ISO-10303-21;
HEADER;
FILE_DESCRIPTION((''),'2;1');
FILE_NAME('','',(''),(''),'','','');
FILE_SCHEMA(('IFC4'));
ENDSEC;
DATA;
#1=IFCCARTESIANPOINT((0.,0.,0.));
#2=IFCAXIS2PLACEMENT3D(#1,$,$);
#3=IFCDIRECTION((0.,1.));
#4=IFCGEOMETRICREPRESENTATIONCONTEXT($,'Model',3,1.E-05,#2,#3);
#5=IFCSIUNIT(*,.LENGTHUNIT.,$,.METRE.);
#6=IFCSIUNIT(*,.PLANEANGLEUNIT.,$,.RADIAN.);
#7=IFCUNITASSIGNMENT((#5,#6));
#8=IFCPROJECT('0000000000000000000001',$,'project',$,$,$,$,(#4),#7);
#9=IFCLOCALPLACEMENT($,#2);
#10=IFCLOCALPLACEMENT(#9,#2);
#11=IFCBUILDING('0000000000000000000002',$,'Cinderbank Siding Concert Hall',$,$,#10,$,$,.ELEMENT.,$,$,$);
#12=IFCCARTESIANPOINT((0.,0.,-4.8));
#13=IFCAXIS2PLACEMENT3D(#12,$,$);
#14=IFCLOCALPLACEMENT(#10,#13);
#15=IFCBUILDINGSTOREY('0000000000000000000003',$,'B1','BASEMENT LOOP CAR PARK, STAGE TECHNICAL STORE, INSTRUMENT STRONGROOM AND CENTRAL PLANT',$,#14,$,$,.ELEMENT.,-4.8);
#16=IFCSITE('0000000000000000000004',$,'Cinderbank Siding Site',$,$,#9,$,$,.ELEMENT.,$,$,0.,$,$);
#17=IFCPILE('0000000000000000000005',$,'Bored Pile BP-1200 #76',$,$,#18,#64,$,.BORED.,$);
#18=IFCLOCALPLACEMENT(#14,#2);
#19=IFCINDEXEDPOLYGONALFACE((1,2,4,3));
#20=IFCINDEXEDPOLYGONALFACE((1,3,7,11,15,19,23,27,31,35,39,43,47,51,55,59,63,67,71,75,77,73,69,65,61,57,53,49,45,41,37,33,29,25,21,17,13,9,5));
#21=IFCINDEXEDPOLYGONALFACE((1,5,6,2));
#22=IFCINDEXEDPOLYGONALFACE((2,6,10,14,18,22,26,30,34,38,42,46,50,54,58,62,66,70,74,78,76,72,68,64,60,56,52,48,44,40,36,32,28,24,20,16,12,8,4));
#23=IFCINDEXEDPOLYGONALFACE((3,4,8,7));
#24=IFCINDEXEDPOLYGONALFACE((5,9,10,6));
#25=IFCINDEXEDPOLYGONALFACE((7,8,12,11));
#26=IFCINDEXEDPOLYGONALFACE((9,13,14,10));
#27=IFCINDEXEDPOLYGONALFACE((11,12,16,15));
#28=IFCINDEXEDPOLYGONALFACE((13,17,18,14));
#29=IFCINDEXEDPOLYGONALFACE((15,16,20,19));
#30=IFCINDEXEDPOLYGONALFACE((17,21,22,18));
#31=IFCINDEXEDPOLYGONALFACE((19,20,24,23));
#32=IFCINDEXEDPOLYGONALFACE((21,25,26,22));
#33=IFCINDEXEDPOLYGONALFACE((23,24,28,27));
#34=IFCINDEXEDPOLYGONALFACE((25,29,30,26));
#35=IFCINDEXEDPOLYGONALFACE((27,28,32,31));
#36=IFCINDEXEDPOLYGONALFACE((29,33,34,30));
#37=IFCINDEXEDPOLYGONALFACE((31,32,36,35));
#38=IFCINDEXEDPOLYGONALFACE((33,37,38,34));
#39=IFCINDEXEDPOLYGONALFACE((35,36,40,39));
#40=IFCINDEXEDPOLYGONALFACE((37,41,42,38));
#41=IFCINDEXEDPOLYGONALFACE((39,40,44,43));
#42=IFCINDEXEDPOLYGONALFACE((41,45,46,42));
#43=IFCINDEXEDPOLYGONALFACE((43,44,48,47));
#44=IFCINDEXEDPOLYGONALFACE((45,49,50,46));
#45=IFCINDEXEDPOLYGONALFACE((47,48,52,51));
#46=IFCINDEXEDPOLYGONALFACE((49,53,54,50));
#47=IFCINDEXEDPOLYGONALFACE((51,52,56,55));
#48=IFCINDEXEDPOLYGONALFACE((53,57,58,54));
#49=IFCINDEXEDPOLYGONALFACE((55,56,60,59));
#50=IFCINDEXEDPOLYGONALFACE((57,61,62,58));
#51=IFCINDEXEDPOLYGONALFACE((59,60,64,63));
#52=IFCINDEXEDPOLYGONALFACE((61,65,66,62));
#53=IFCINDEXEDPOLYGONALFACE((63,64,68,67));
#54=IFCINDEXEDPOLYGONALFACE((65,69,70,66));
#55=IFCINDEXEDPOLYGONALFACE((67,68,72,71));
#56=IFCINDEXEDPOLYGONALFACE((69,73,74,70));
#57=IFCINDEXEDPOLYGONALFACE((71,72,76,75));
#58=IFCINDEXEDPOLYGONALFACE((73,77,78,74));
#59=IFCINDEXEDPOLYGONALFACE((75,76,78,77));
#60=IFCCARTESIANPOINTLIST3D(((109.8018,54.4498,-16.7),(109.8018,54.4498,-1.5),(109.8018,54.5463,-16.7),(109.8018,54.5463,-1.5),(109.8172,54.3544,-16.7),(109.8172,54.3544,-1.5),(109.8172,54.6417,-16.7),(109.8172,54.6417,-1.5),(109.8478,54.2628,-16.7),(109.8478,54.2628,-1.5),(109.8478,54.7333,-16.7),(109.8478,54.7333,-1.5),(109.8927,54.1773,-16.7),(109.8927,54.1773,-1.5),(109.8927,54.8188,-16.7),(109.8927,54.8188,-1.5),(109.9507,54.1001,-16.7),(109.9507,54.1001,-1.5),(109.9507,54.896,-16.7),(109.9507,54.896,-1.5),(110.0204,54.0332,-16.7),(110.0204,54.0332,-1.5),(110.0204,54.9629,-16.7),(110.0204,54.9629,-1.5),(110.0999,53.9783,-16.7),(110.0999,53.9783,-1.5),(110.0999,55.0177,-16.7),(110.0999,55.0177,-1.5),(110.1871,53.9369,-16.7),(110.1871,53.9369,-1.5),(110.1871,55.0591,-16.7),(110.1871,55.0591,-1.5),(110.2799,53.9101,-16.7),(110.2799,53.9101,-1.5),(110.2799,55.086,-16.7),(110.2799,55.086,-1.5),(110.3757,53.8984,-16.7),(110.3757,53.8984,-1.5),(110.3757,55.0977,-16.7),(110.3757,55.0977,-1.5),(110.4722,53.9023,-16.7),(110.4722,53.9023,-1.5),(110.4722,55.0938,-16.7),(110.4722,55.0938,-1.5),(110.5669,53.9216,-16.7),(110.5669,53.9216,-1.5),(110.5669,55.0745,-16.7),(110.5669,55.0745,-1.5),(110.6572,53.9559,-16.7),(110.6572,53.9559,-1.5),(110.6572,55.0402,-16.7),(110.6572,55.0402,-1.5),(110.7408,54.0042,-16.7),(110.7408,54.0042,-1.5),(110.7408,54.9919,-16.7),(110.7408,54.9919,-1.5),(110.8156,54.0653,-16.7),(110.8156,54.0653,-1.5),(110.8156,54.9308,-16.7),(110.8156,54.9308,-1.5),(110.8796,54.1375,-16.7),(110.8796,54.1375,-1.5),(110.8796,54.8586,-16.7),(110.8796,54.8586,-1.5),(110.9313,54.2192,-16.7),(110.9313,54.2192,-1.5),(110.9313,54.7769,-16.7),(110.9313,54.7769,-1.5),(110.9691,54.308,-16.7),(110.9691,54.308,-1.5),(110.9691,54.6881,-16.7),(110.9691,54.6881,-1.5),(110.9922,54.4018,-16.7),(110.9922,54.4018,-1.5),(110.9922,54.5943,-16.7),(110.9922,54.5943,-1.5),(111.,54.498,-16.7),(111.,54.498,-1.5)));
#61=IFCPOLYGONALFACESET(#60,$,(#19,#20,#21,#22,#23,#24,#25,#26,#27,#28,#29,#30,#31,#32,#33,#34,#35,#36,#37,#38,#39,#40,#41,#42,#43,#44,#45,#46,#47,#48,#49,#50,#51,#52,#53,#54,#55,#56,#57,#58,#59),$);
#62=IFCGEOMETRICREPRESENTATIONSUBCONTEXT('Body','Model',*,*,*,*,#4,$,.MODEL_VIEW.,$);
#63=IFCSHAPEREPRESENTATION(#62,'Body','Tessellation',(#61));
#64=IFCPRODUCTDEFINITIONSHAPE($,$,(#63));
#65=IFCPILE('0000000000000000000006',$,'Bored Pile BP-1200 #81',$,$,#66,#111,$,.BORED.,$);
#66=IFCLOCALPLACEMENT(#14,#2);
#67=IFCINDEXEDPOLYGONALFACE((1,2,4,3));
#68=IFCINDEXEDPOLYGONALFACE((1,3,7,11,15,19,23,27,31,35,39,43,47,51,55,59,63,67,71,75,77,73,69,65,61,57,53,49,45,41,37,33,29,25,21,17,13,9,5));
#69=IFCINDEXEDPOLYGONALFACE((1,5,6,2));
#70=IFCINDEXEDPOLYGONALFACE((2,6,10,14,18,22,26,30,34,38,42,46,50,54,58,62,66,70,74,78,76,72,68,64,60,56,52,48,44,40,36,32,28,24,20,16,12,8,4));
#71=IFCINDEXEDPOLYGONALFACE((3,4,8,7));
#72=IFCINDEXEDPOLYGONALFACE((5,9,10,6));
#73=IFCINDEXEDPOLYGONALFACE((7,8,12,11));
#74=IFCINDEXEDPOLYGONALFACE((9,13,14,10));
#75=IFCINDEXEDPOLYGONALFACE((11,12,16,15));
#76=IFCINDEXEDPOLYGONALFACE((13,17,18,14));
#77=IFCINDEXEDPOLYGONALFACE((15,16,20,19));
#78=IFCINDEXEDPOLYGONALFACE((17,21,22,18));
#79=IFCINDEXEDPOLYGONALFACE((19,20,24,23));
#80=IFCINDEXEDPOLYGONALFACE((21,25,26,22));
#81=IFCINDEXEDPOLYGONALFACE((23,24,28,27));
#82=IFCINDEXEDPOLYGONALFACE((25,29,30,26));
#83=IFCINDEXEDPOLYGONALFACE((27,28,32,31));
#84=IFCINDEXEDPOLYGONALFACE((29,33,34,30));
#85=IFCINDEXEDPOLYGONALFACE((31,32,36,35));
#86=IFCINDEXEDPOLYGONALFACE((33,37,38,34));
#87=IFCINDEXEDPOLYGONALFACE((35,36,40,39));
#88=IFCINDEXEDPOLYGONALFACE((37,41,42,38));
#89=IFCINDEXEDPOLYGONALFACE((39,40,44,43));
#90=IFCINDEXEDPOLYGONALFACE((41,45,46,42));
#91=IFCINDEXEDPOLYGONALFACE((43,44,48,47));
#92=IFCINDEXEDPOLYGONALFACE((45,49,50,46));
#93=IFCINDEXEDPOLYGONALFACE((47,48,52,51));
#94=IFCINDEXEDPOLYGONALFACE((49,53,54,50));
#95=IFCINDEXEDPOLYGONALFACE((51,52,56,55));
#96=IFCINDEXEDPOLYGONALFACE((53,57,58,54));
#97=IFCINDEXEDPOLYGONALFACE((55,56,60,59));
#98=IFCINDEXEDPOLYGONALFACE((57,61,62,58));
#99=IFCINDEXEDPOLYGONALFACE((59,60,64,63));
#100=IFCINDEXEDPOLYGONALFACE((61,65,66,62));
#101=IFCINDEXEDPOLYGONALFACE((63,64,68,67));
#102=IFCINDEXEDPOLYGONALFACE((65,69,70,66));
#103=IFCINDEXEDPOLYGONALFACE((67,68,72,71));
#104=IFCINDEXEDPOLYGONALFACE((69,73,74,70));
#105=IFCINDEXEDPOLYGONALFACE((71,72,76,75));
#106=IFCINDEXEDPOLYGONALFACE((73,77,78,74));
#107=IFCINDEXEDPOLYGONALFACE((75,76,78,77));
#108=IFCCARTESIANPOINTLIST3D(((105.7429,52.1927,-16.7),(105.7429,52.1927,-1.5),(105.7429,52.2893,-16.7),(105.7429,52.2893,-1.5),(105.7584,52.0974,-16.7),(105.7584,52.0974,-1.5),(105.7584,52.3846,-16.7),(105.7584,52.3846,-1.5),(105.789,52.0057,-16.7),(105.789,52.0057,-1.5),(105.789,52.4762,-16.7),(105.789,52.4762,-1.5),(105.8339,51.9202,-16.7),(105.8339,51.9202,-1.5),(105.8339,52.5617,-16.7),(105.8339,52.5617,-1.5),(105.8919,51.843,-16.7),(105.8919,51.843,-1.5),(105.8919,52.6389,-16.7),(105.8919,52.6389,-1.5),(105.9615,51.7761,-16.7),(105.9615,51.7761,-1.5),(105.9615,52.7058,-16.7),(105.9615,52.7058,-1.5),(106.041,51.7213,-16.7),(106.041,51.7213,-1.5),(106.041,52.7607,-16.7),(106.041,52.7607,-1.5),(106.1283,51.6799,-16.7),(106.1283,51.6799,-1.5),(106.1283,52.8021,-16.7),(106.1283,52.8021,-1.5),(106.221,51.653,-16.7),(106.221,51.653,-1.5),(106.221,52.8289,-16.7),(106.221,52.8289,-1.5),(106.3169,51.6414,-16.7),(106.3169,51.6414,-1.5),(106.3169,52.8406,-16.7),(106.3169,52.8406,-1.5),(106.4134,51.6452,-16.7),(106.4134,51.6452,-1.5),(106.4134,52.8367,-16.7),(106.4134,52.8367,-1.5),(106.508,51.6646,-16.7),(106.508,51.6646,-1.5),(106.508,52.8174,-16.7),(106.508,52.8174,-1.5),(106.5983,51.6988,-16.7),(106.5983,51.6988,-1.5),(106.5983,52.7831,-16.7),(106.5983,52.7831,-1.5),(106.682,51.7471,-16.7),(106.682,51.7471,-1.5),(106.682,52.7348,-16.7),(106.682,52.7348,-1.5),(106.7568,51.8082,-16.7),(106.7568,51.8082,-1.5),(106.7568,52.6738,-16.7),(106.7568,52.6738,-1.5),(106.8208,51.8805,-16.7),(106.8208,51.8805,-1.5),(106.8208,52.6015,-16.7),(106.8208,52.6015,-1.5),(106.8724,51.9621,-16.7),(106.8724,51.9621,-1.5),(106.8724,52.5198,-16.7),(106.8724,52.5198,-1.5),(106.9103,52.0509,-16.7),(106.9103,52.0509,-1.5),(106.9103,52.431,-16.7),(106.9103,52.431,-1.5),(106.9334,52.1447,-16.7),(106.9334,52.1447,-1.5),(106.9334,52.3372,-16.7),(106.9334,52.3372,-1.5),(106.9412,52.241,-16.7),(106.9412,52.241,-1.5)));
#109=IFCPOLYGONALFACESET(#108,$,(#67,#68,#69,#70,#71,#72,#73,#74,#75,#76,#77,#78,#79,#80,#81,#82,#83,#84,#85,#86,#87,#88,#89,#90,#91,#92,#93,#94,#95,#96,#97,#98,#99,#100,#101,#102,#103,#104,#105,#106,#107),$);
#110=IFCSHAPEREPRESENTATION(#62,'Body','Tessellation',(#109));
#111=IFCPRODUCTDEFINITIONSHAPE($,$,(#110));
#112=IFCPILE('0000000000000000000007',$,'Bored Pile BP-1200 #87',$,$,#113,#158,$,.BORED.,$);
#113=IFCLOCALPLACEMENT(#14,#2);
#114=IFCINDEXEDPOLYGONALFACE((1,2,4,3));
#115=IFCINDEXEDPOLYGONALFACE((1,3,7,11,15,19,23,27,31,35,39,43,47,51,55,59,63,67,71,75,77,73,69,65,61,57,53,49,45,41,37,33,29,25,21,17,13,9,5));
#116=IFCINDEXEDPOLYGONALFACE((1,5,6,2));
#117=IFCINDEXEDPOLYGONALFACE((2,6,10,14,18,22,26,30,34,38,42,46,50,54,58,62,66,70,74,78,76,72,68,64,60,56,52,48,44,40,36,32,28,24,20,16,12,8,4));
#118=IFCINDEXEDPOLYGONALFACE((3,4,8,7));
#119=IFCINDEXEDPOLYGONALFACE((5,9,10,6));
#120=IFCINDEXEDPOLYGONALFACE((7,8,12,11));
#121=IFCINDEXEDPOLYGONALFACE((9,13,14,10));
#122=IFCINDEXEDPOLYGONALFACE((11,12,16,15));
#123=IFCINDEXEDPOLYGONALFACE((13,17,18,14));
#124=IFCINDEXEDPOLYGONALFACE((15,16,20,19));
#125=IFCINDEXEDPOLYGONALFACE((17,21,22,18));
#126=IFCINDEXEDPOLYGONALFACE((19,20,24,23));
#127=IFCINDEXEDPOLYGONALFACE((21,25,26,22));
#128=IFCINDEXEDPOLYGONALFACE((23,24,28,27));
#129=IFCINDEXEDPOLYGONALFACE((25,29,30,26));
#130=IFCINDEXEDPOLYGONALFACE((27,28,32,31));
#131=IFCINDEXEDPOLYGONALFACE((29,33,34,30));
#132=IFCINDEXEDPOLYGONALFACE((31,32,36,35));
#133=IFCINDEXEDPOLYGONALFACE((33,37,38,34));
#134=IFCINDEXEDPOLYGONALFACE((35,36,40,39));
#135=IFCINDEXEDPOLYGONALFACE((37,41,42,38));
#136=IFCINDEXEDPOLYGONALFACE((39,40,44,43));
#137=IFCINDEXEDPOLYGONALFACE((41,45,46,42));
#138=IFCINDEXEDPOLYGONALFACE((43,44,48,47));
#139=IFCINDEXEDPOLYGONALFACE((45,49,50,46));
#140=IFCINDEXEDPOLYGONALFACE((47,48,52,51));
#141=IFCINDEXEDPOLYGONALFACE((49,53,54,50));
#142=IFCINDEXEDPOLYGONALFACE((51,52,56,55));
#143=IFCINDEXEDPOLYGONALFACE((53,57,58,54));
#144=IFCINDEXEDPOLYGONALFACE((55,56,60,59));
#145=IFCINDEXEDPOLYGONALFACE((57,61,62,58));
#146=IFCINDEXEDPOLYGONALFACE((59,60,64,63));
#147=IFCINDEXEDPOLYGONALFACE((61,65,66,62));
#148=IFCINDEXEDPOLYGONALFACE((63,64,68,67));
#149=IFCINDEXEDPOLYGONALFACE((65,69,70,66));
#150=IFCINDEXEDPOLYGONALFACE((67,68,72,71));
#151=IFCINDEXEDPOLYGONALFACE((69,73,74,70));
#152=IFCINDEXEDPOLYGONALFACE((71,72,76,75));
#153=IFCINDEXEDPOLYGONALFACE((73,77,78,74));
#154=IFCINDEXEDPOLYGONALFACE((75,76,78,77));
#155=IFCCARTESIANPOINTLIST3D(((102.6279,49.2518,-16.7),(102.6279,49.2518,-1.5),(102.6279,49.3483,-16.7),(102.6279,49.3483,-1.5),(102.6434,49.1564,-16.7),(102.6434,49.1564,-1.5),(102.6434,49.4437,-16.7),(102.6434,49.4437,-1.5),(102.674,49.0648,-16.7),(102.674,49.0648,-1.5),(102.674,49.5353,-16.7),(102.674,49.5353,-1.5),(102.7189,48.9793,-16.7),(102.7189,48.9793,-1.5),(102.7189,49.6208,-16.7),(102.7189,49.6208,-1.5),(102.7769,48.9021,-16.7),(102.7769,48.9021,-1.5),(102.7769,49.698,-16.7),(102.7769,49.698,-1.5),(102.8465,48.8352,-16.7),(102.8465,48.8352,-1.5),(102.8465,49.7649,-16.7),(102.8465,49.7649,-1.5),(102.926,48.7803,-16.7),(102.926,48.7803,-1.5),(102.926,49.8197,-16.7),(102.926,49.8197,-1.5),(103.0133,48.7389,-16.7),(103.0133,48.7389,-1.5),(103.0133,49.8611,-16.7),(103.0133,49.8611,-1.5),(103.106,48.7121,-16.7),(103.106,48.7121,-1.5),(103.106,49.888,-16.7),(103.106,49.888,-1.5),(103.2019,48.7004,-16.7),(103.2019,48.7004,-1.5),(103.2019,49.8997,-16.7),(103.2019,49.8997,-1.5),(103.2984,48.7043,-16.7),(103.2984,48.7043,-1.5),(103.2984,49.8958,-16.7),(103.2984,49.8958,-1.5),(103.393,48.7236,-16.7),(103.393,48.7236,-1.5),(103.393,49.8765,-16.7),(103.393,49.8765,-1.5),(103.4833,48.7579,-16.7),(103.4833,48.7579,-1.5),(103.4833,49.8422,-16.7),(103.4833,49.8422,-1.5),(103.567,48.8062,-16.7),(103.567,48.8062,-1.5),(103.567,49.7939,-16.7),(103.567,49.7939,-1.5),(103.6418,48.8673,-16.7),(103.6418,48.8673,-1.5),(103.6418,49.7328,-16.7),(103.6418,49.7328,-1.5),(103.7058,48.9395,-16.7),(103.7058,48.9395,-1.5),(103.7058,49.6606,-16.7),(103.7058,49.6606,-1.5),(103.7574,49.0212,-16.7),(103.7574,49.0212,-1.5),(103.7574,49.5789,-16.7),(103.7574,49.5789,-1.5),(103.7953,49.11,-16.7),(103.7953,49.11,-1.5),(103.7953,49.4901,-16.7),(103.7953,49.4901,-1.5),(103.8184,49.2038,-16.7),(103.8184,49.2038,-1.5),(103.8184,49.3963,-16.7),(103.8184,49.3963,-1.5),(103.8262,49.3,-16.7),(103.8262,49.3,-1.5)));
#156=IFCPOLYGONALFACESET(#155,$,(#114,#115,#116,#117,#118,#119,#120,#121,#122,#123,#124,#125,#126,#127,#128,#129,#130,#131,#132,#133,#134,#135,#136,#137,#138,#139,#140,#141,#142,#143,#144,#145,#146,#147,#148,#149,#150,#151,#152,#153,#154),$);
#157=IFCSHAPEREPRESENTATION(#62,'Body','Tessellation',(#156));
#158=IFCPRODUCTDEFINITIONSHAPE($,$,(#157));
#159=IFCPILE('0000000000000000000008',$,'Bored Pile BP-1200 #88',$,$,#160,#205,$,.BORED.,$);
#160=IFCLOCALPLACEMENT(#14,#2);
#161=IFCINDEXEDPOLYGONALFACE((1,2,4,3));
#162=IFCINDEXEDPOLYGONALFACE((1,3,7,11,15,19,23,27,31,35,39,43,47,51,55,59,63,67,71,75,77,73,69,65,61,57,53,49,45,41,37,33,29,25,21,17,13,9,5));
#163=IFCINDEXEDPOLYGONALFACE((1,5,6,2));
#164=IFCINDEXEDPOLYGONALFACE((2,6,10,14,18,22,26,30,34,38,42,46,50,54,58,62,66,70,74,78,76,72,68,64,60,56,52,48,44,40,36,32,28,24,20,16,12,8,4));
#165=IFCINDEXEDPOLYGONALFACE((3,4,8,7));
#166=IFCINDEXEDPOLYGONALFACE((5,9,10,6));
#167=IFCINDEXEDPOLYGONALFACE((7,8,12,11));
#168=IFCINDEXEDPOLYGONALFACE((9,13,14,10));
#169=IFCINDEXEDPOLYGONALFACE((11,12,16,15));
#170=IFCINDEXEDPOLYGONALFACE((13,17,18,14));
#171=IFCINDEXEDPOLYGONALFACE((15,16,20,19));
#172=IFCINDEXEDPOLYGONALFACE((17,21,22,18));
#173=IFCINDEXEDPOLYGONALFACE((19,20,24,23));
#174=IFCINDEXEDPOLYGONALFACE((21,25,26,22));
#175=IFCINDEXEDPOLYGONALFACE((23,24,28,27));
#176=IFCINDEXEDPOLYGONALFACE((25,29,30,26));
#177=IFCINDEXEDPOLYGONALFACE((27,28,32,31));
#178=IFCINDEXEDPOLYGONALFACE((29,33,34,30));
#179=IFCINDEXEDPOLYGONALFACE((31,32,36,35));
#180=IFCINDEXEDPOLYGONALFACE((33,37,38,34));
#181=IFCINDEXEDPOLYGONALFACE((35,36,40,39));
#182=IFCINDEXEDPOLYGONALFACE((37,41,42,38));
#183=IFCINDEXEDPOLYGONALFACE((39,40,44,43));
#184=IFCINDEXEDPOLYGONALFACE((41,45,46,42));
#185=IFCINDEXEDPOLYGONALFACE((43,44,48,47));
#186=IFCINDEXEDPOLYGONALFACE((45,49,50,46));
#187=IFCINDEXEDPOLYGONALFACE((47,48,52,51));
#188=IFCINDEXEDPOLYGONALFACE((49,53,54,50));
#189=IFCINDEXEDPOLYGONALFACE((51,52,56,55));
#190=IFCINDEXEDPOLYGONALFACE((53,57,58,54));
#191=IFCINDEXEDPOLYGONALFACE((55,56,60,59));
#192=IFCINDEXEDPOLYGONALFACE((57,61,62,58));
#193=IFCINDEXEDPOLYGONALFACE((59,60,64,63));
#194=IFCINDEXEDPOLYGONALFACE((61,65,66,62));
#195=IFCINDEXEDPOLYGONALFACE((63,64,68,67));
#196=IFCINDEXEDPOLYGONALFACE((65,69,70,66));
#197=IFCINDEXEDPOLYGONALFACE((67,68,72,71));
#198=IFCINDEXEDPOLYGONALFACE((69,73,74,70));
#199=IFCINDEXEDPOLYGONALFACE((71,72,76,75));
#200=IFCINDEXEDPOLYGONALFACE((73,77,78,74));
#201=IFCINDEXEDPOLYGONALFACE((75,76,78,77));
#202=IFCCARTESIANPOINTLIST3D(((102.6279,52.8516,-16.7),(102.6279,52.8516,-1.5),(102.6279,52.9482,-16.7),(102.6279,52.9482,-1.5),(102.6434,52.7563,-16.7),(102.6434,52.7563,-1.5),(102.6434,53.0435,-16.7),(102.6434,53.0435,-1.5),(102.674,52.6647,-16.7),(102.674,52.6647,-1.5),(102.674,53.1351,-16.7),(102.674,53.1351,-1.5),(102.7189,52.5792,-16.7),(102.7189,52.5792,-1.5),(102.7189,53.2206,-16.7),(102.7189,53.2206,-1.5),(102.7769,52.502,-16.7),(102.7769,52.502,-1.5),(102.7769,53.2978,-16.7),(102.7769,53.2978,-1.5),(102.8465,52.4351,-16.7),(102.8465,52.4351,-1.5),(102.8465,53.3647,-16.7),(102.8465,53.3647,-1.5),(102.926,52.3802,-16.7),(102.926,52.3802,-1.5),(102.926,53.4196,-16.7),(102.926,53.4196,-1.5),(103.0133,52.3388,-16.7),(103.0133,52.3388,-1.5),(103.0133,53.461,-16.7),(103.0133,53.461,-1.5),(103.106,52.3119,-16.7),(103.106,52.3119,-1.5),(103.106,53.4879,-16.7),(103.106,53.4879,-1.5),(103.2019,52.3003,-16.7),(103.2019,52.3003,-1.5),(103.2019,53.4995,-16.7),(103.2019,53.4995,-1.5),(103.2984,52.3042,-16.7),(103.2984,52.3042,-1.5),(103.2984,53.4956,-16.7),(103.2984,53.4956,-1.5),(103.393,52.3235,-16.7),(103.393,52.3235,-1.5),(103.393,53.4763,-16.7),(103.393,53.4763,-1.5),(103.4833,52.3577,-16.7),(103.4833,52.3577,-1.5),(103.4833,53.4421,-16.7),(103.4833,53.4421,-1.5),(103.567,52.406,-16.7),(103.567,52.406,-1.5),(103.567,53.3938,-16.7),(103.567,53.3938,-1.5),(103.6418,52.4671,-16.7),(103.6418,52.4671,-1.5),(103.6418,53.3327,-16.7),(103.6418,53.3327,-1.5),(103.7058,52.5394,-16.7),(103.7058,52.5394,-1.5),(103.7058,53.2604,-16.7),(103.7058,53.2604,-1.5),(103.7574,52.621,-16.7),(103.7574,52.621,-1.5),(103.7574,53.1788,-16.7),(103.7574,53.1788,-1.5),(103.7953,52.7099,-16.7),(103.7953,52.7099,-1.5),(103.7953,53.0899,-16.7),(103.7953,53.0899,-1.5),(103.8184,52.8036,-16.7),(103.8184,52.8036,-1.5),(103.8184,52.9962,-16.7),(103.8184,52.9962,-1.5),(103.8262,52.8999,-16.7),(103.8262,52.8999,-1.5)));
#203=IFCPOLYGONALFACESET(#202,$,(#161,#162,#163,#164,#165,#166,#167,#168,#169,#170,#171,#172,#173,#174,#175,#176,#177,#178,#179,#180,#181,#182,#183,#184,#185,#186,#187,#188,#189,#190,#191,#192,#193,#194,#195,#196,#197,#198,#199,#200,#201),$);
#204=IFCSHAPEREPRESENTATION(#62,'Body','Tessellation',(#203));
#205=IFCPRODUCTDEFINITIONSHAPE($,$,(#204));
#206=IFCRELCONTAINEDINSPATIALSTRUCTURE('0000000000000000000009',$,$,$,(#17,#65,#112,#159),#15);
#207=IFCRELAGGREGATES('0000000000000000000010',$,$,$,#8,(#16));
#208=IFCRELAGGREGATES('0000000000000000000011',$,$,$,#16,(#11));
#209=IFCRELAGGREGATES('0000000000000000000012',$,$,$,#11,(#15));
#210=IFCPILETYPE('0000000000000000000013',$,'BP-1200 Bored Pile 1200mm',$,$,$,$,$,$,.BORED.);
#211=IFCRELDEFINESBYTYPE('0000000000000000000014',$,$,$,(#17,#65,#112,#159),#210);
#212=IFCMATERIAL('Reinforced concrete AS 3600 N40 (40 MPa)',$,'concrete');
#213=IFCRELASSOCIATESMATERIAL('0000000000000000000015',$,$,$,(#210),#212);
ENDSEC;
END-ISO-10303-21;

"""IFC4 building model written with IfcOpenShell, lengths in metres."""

from ifc_helpers import new_model, si_unit, direction, frame, origin, origin_2d, place, context, subcontext, project, spatial, circle, extrude, material, material_profile, profile_set, type_object, element, save


model = new_model("IFC4")

# Units and contexts
model_context = context("Model", 3, precision=1e-05, world=origin(), true_north=direction((0.0, 1.0)))
body_context = subcontext(model_context, "Body", "Model", "MODEL_VIEW")
ifc_project = project(units=[si_unit("LENGTHUNIT", "METRE"), si_unit("PLANEANGLEUNIT", "RADIAN")], contexts=[model_context])

# Site, building, storey
site_placement = place(None, origin())
site = spatial("IfcSite", under=ifc_project, at=site_placement, Name="Cinderbank Siding Site", CompositionType="ELEMENT", RefElevation=0.0)
building_placement = place(site_placement, origin())
building = spatial("IfcBuilding", under=site, at=building_placement, Name="Cinderbank Siding Concert Hall", CompositionType="ELEMENT")
storey_placement = place(building_placement, frame((0.0, 0.0, -4.8)))
storey = spatial("IfcBuildingStorey", under=building, at=storey_placement, Name="B1", Description="BASEMENT LOOP CAR PARK, STAGE TECHNICAL STORE, INSTRUMENT STRONGROOM AND CENTRAL PLANT", CompositionType="ELEMENT", Elevation=-4.8)

# Piles
ifc_material_1 = material(Name="Reinforced concrete AS 3600 N40 (40 MPa)", Category="concrete")
ifc_material_profile_1 = material_profile(ifc_material_1, circle(Radius=0.6001, at=origin_2d()), Name="PILE-1200DIA", Category="LoadBearing")
ifc_profile_set_1 = profile_set([ifc_material_profile_1], Name="Reinforced concrete AS 3600 N40 (40 MPa)")
pile_type_1 = type_object("IfcPileType", Name="BP-1200 Bored Pile 1200mm", PredefinedType="BORED", material=ifc_profile_set_1)
for number, where, z_axis, x_axis, name in (
    (1, (110.3999, 54.498, -1.5), (0.0, 0.0, -1.0), (1.0, 0.0, 0.0), "Bored Pile BP-1200 #76"),
    (2, (106.3411, 52.241, -1.5), (0.0, 0.0, -1.0), (1.0, 0.0, 0.0), "Bored Pile BP-1200 #81"),
    (3, (103.2261, 49.3, -1.5), (0.0, 0.0, -1.0), (1.0, 0.0, 0.0), "Bored Pile BP-1200 #87"),
    (4, (103.2261, 52.8999, -1.5), (0.0, 0.0, -1.0), (1.0, 0.0, 0.0), "Bored Pile BP-1200 #88"),
):
    element("IfcPile", number, at=place(storey_placement, frame(where, z_axis=z_axis, x_axis=x_axis)), inside=storey, type_object=pile_type_1, Name=name, PredefinedType="BORED", context=body_context, shape_type="SweptSolid", body=[
        extrude(circle(Radius=0.6001, at=origin_2d()), origin(), (0.0, 0.0, 1.0), 15.2),
    ])

save(model, "model.ifc")
